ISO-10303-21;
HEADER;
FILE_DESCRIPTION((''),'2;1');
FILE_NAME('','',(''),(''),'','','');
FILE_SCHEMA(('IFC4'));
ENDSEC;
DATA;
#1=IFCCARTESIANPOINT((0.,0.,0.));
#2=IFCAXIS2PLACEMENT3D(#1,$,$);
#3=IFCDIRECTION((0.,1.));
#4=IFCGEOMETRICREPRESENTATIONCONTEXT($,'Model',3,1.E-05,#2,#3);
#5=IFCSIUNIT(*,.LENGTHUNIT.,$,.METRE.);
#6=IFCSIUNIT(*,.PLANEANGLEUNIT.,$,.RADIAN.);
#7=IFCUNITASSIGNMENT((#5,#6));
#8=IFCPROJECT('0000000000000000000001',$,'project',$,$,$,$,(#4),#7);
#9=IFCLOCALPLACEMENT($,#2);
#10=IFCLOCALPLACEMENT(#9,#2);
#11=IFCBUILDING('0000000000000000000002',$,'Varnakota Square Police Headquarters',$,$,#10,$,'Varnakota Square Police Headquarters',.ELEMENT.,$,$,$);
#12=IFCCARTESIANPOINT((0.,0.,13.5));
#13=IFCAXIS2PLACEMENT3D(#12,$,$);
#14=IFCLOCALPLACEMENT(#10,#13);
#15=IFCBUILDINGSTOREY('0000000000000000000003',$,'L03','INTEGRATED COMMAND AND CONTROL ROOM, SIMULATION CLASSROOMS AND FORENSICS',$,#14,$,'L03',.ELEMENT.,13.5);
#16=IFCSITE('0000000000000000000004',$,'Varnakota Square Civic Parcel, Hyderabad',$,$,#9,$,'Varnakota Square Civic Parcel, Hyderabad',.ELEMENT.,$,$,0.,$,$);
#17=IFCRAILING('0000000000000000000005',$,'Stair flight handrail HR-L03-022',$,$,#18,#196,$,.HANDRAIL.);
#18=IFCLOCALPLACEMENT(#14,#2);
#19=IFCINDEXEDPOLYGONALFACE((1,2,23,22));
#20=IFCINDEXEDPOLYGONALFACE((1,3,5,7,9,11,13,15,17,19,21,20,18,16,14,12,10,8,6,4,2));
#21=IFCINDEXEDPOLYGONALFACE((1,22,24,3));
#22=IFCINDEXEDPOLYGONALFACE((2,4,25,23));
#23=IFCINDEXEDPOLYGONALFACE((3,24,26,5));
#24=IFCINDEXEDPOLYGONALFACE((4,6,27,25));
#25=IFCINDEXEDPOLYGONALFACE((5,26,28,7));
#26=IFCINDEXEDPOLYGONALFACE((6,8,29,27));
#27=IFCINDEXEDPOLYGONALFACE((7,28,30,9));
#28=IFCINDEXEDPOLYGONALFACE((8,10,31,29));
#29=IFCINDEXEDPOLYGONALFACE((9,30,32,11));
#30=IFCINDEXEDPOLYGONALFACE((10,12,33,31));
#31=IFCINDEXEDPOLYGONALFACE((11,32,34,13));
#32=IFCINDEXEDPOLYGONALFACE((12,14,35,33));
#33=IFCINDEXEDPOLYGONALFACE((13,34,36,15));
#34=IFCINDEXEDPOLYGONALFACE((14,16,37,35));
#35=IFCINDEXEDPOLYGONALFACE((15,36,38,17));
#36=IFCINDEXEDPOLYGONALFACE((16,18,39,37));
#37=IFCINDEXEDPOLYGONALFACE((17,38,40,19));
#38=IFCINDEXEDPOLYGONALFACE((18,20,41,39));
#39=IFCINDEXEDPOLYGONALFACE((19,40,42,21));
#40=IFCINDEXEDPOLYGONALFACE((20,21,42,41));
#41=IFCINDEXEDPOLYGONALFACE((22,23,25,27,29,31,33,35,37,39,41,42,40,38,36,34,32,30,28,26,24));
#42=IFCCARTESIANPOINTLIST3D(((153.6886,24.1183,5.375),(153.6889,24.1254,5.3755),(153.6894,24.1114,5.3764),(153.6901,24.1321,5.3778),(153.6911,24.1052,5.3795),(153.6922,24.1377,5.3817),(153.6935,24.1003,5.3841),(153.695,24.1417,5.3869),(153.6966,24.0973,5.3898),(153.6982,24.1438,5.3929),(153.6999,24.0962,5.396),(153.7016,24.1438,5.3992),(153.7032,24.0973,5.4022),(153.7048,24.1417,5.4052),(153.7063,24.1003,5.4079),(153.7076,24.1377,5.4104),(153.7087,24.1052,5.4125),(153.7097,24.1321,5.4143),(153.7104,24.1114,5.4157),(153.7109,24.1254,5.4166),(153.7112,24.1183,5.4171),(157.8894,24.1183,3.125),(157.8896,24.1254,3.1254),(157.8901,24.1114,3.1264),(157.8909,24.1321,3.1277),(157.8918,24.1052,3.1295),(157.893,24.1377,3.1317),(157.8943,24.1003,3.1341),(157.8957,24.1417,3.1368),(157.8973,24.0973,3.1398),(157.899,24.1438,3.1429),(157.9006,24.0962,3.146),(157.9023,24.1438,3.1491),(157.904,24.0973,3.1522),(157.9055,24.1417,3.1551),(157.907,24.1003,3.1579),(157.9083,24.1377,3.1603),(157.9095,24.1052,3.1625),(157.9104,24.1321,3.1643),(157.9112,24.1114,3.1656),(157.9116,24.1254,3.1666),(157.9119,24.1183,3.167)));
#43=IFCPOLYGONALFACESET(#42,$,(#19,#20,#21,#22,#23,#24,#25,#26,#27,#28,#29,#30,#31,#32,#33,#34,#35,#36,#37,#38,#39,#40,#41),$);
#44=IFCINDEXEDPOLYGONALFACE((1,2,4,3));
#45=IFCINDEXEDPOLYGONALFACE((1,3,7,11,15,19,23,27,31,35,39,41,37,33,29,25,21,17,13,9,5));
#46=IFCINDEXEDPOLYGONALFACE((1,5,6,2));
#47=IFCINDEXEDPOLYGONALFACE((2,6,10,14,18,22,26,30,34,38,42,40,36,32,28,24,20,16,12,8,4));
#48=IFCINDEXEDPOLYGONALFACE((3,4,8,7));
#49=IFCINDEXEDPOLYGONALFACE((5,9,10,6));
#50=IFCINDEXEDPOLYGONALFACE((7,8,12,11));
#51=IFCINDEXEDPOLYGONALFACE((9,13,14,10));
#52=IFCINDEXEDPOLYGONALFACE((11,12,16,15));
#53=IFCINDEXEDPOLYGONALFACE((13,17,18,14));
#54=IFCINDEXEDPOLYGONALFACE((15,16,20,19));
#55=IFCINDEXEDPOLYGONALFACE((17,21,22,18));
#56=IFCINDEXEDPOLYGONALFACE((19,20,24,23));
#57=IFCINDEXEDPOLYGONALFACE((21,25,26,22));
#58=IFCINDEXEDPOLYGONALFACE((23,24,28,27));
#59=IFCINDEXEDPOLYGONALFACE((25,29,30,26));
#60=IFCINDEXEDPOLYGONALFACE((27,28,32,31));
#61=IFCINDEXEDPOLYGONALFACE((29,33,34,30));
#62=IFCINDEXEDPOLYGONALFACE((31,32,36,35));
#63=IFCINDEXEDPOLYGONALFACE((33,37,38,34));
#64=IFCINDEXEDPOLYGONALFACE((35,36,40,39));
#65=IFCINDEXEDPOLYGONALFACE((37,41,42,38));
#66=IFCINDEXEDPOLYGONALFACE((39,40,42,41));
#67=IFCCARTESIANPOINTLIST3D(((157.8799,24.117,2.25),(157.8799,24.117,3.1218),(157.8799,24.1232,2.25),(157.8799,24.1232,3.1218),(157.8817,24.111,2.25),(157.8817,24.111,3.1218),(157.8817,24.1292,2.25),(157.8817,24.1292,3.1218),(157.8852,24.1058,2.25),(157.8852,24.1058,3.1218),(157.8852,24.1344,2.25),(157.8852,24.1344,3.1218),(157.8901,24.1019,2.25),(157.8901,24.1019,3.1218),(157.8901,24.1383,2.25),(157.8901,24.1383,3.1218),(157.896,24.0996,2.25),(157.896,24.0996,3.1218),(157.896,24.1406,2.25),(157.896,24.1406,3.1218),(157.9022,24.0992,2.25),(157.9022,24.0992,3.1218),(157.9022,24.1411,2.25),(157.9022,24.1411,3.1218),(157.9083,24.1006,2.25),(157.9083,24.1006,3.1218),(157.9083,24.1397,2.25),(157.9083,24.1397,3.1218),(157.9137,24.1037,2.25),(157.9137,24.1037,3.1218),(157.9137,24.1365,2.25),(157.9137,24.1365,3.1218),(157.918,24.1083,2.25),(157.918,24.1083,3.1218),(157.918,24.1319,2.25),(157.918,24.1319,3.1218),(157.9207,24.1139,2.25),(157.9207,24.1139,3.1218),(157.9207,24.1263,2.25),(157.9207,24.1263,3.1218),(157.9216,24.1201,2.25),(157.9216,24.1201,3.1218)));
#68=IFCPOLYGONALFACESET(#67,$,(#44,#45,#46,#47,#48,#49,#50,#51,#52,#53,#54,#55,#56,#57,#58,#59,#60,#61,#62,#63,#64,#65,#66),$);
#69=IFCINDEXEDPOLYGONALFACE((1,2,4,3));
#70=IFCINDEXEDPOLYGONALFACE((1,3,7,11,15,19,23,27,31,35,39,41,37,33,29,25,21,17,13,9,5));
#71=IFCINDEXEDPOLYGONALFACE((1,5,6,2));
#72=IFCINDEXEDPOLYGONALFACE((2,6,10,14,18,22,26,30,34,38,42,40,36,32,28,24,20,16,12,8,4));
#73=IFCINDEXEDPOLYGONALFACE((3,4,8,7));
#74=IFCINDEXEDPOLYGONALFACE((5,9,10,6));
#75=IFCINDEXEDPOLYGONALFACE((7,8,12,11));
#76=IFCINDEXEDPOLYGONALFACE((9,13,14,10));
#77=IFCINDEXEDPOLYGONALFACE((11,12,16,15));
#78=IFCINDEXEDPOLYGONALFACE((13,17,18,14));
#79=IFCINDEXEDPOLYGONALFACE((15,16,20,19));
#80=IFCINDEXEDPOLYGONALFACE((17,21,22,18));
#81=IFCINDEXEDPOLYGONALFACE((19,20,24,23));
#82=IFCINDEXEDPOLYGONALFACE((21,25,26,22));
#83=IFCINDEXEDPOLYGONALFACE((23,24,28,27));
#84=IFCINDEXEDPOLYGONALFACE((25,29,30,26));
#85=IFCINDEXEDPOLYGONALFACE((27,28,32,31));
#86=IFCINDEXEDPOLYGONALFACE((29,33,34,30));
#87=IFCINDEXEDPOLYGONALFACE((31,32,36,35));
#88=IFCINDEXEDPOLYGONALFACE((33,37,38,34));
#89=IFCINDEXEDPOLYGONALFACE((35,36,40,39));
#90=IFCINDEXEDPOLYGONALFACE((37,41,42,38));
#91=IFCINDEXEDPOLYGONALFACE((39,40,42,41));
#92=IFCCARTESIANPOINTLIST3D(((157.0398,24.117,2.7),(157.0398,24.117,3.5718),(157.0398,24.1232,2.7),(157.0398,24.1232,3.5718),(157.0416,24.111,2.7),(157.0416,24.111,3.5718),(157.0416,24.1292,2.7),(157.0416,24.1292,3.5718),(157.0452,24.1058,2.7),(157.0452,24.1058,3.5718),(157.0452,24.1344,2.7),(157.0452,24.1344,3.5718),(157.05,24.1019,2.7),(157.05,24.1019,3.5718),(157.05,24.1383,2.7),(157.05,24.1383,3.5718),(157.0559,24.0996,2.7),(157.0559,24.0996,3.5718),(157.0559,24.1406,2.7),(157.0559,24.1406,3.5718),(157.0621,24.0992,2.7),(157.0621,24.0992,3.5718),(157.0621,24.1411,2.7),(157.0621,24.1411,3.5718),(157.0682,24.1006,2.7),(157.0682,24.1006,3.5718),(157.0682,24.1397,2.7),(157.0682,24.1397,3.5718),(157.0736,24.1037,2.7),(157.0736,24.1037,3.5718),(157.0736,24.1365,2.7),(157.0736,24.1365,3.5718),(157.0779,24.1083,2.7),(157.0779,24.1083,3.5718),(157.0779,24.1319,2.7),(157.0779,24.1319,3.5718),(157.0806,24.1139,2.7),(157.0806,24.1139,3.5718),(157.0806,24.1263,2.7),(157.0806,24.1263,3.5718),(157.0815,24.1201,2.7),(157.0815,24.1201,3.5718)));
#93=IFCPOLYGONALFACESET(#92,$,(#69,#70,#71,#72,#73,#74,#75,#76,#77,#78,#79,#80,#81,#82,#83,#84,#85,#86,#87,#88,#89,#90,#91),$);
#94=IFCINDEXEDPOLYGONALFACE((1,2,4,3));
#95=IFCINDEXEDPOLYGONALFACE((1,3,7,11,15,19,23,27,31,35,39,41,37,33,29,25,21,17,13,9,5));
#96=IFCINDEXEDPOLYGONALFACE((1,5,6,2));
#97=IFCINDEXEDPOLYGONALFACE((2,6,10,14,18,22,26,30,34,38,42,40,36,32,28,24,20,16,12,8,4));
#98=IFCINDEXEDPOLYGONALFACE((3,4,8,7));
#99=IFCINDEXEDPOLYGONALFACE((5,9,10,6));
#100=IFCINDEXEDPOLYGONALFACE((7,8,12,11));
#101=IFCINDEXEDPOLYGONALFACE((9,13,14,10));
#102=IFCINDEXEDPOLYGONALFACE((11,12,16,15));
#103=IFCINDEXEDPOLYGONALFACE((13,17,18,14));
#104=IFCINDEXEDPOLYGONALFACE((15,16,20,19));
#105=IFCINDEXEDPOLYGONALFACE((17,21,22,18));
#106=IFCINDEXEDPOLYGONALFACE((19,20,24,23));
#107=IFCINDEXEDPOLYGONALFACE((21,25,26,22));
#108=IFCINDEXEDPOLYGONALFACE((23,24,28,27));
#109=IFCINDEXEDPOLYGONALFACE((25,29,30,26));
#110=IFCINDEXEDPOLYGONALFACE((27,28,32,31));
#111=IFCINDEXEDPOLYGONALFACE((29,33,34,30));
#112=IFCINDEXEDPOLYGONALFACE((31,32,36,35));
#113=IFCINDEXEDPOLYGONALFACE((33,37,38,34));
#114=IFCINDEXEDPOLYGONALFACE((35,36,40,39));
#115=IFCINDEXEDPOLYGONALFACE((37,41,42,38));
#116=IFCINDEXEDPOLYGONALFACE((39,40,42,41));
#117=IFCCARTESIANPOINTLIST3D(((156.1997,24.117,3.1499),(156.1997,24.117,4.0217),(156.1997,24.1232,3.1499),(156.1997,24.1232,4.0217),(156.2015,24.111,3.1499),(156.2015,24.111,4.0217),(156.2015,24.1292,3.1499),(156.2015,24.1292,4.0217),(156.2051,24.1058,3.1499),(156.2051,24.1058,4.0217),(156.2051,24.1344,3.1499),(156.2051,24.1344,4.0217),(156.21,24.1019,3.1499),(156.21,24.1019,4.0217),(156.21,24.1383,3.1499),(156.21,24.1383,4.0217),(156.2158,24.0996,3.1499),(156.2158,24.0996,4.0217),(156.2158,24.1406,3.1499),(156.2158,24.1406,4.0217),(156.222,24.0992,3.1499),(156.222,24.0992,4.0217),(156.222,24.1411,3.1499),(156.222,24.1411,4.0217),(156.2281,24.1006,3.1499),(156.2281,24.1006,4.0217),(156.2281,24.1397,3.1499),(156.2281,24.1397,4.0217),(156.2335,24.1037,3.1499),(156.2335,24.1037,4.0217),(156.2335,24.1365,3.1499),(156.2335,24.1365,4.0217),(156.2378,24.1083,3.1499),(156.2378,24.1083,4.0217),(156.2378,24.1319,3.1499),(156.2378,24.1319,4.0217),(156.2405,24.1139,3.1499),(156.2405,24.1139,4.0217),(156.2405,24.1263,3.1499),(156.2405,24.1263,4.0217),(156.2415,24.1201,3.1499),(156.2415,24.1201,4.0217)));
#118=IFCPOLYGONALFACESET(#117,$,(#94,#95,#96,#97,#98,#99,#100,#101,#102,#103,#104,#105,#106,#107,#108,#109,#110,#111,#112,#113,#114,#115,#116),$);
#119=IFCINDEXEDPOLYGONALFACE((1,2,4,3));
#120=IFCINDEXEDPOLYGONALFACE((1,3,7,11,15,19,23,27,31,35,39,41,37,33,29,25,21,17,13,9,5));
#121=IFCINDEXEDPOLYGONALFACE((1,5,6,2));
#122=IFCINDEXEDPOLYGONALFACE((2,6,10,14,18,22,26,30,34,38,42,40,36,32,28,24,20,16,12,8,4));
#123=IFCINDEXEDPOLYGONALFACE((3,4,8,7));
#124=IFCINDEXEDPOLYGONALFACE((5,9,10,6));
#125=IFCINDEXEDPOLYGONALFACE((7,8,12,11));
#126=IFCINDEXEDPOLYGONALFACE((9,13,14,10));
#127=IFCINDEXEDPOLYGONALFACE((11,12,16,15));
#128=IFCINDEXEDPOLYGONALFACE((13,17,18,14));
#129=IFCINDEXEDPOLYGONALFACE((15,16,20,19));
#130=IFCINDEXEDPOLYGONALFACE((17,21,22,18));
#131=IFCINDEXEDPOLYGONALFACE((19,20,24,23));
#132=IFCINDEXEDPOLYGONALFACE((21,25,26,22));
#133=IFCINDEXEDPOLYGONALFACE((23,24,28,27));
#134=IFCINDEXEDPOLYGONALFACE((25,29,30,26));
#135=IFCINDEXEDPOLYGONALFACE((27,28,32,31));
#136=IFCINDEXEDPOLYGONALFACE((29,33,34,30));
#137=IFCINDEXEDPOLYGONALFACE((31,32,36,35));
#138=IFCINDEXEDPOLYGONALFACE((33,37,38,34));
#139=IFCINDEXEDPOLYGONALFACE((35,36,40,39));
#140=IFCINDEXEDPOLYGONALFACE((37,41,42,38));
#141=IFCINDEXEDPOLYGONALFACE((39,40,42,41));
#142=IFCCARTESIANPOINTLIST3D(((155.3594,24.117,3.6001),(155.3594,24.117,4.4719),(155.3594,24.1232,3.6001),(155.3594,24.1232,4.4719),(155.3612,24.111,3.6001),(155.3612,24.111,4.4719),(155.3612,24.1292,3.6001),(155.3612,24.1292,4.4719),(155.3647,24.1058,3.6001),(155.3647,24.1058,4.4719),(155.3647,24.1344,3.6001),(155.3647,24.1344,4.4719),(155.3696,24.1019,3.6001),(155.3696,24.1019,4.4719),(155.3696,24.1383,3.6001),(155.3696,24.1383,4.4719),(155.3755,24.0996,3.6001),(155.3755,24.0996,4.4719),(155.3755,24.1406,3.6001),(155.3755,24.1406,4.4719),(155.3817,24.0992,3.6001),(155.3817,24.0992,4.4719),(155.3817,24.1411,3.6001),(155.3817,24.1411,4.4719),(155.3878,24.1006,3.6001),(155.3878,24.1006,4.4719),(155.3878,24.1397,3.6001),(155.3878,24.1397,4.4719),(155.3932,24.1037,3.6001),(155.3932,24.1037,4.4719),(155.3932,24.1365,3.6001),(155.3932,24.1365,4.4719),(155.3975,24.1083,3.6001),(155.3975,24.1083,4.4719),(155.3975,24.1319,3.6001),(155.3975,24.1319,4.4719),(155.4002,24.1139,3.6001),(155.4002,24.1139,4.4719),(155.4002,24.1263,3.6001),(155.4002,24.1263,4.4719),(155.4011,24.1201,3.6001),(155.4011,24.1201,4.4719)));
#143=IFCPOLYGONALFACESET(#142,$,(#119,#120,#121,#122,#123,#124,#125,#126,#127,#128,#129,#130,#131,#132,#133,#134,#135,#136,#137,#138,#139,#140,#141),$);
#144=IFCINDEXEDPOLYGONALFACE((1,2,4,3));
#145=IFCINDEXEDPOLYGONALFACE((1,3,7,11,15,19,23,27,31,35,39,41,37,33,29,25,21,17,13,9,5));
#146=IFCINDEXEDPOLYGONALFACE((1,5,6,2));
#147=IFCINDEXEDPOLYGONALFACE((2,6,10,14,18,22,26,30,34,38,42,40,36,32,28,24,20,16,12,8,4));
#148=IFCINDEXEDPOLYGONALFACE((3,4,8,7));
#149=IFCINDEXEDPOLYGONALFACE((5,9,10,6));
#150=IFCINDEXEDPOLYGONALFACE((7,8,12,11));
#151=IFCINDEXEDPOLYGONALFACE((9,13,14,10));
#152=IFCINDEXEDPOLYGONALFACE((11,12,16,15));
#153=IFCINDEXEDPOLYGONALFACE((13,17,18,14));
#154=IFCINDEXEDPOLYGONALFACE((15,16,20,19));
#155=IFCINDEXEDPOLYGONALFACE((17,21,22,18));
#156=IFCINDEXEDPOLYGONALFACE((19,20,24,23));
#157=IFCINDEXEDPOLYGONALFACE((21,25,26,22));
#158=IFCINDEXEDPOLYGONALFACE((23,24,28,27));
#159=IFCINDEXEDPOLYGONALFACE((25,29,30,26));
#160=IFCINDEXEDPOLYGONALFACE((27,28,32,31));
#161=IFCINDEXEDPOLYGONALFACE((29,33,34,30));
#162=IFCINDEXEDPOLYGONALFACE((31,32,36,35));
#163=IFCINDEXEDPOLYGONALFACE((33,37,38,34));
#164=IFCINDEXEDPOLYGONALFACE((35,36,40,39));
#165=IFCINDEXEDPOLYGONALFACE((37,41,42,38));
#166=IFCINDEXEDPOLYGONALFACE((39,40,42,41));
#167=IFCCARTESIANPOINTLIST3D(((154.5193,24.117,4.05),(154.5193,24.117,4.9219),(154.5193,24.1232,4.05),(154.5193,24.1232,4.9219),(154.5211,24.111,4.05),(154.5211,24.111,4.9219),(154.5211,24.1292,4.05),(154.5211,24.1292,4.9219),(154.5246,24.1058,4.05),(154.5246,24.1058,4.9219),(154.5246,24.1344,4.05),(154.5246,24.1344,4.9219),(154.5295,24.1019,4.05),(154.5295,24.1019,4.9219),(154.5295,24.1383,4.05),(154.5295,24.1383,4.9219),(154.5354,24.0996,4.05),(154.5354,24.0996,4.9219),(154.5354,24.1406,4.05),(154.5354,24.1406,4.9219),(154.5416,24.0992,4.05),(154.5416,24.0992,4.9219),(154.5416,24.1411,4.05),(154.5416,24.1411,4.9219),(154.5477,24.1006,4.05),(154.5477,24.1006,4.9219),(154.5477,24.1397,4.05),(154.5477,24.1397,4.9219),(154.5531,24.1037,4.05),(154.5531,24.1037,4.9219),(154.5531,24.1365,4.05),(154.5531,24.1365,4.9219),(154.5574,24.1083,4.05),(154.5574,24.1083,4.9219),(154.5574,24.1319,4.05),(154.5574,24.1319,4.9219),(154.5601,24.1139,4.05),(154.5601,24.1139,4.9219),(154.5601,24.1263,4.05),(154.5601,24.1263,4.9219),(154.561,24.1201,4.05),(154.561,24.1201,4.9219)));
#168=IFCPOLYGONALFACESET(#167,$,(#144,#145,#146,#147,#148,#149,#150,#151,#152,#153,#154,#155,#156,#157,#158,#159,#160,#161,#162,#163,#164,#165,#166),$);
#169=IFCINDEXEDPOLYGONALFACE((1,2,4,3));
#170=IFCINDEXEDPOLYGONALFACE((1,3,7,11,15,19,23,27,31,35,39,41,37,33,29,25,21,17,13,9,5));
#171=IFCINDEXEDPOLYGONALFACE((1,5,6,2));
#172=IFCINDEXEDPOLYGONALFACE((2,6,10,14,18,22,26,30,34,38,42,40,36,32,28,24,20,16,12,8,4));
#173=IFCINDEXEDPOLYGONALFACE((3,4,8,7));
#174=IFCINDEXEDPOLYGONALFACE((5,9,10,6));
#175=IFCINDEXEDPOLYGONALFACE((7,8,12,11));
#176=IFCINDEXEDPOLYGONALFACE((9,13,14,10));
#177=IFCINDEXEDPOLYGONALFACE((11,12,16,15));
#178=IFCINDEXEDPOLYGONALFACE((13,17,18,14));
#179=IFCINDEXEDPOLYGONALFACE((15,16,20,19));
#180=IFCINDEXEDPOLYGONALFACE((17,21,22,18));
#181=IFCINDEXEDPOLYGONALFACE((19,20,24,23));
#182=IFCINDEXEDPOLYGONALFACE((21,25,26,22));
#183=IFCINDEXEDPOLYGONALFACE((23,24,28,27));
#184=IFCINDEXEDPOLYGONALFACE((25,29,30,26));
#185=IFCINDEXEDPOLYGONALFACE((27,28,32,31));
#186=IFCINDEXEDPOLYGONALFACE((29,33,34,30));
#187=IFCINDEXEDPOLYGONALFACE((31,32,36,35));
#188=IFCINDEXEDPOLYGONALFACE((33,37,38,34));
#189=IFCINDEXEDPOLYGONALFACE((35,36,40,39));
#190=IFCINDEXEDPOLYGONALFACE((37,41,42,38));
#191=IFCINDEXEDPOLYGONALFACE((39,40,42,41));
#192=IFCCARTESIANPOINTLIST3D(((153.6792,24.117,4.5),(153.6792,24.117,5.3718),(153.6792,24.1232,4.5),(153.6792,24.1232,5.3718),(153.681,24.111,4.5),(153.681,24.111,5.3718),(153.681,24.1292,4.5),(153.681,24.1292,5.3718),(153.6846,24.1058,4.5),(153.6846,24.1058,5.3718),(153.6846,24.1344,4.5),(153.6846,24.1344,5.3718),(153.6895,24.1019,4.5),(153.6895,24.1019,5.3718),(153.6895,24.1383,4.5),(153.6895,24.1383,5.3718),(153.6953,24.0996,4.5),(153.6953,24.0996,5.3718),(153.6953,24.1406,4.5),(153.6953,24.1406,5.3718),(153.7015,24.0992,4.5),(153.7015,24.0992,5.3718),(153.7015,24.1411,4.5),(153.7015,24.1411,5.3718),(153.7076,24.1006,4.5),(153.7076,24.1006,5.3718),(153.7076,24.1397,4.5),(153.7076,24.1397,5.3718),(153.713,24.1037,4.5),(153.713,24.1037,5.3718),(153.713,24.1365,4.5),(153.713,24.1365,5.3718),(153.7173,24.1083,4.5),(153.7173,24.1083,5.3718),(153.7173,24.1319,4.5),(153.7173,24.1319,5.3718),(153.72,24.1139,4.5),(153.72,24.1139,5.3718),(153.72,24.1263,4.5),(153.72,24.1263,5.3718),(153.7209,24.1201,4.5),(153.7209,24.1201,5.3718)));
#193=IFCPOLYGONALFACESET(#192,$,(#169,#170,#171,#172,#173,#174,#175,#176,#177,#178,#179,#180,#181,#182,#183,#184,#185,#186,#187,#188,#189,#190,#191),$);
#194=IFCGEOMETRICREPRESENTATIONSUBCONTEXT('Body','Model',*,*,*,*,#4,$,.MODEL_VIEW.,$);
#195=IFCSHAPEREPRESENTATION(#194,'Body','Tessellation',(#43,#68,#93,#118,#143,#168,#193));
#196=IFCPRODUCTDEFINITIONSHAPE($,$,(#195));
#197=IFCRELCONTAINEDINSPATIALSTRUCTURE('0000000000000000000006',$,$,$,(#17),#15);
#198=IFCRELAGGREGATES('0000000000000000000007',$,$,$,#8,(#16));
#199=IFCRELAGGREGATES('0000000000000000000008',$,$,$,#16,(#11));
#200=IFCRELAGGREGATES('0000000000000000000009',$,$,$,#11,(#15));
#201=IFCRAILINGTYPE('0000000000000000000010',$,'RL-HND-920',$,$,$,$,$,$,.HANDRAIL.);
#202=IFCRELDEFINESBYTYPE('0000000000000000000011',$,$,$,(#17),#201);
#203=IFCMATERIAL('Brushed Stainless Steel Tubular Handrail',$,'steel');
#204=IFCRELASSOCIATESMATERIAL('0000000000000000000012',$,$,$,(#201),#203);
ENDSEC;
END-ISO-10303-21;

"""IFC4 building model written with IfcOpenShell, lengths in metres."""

from ifc_helpers import new_model, si_unit, direction, frame, origin, origin_2d, place, context, subcontext, project, spatial, circle, extrude, material, type_object, element, save


model = new_model("IFC4")

# Units and contexts
model_context = context("Model", 3, precision=1e-05, world=origin(), true_north=direction((0.0, 1.0)))
body_context = subcontext(model_context, "Body", "Model", "MODEL_VIEW")
ifc_project = project(units=[si_unit("LENGTHUNIT", "METRE"), si_unit("PLANEANGLEUNIT", "RADIAN")], contexts=[model_context])

# Site, building, storey
site_placement = place(None, origin())
site = spatial("IfcSite", under=ifc_project, at=site_placement, Name="Varnakota Square Civic Parcel, Hyderabad", LongName="Varnakota Square Civic Parcel, Hyderabad", CompositionType="ELEMENT", RefElevation=0.0)
building_placement = place(site_placement, origin())
building = spatial("IfcBuilding", under=site, at=building_placement, Name="Varnakota Square Police Headquarters", LongName="Varnakota Square Police Headquarters", CompositionType="ELEMENT")
storey_placement = place(building_placement, frame((0.0, 0.0, 13.5)))
storey = spatial("IfcBuildingStorey", under=building, at=storey_placement, Name="L03", Description="INTEGRATED COMMAND AND CONTROL ROOM, SIMULATION CLASSROOMS AND FORENSICS", LongName="L03", CompositionType="ELEMENT", Elevation=13.5)

# Railing
ifc_material_1 = material(Name="Brushed Stainless Steel Tubular Handrail", Category="steel")
railing_type_1 = type_object("IfcRailingType", Name="RL-HND-920", PredefinedType="HANDRAIL", material=ifc_material_1)
railing_1_placement = place(storey_placement, frame((157.9006, 24.1201, 2.25)))
element("IfcRailing", 1, at=railing_1_placement, inside=storey, type_object=railing_type_1, Name="Stair flight handrail HR-L03-022", PredefinedType="HANDRAIL", context=body_context, shape_type="SweptSolid", body=[
    extrude(circle(Radius=0.0239, at=origin_2d()), frame((0.0, 0.0, 0.896), z_axis=(-0.881512, 0.0, 0.472162), x_axis=(0.0, -1.0, 0.0)), (0.0, 0.0, 1.0), 4.7654),
    extrude(circle(Radius=0.021, at=origin_2d()), origin(), (0.0, 0.0, 1.0), 0.8718),
    extrude(circle(Radius=0.021, at=origin_2d()), frame((-0.8401, 0.0, 0.45)), (0.0, 0.0, 1.0), 0.8718),
    extrude(circle(Radius=0.021, at=origin_2d()), frame((-1.6802, 0.0, 0.8999)), (0.0, 0.0, 1.0), 0.8718),
    extrude(circle(Radius=0.021, at=origin_2d()), frame((-2.5205, 0.0, 1.3501)), (0.0, 0.0, 1.0), 0.8718),
    extrude(circle(Radius=0.021, at=origin_2d()), frame((-3.3606, 0.0, 1.8)), (0.0, 0.0, 1.0), 0.8718),
    extrude(circle(Radius=0.021, at=origin_2d()), frame((-4.2007, 0.0, 2.25)), (0.0, 0.0, 1.0), 0.8718),
])

save(model, "model.ifc")
